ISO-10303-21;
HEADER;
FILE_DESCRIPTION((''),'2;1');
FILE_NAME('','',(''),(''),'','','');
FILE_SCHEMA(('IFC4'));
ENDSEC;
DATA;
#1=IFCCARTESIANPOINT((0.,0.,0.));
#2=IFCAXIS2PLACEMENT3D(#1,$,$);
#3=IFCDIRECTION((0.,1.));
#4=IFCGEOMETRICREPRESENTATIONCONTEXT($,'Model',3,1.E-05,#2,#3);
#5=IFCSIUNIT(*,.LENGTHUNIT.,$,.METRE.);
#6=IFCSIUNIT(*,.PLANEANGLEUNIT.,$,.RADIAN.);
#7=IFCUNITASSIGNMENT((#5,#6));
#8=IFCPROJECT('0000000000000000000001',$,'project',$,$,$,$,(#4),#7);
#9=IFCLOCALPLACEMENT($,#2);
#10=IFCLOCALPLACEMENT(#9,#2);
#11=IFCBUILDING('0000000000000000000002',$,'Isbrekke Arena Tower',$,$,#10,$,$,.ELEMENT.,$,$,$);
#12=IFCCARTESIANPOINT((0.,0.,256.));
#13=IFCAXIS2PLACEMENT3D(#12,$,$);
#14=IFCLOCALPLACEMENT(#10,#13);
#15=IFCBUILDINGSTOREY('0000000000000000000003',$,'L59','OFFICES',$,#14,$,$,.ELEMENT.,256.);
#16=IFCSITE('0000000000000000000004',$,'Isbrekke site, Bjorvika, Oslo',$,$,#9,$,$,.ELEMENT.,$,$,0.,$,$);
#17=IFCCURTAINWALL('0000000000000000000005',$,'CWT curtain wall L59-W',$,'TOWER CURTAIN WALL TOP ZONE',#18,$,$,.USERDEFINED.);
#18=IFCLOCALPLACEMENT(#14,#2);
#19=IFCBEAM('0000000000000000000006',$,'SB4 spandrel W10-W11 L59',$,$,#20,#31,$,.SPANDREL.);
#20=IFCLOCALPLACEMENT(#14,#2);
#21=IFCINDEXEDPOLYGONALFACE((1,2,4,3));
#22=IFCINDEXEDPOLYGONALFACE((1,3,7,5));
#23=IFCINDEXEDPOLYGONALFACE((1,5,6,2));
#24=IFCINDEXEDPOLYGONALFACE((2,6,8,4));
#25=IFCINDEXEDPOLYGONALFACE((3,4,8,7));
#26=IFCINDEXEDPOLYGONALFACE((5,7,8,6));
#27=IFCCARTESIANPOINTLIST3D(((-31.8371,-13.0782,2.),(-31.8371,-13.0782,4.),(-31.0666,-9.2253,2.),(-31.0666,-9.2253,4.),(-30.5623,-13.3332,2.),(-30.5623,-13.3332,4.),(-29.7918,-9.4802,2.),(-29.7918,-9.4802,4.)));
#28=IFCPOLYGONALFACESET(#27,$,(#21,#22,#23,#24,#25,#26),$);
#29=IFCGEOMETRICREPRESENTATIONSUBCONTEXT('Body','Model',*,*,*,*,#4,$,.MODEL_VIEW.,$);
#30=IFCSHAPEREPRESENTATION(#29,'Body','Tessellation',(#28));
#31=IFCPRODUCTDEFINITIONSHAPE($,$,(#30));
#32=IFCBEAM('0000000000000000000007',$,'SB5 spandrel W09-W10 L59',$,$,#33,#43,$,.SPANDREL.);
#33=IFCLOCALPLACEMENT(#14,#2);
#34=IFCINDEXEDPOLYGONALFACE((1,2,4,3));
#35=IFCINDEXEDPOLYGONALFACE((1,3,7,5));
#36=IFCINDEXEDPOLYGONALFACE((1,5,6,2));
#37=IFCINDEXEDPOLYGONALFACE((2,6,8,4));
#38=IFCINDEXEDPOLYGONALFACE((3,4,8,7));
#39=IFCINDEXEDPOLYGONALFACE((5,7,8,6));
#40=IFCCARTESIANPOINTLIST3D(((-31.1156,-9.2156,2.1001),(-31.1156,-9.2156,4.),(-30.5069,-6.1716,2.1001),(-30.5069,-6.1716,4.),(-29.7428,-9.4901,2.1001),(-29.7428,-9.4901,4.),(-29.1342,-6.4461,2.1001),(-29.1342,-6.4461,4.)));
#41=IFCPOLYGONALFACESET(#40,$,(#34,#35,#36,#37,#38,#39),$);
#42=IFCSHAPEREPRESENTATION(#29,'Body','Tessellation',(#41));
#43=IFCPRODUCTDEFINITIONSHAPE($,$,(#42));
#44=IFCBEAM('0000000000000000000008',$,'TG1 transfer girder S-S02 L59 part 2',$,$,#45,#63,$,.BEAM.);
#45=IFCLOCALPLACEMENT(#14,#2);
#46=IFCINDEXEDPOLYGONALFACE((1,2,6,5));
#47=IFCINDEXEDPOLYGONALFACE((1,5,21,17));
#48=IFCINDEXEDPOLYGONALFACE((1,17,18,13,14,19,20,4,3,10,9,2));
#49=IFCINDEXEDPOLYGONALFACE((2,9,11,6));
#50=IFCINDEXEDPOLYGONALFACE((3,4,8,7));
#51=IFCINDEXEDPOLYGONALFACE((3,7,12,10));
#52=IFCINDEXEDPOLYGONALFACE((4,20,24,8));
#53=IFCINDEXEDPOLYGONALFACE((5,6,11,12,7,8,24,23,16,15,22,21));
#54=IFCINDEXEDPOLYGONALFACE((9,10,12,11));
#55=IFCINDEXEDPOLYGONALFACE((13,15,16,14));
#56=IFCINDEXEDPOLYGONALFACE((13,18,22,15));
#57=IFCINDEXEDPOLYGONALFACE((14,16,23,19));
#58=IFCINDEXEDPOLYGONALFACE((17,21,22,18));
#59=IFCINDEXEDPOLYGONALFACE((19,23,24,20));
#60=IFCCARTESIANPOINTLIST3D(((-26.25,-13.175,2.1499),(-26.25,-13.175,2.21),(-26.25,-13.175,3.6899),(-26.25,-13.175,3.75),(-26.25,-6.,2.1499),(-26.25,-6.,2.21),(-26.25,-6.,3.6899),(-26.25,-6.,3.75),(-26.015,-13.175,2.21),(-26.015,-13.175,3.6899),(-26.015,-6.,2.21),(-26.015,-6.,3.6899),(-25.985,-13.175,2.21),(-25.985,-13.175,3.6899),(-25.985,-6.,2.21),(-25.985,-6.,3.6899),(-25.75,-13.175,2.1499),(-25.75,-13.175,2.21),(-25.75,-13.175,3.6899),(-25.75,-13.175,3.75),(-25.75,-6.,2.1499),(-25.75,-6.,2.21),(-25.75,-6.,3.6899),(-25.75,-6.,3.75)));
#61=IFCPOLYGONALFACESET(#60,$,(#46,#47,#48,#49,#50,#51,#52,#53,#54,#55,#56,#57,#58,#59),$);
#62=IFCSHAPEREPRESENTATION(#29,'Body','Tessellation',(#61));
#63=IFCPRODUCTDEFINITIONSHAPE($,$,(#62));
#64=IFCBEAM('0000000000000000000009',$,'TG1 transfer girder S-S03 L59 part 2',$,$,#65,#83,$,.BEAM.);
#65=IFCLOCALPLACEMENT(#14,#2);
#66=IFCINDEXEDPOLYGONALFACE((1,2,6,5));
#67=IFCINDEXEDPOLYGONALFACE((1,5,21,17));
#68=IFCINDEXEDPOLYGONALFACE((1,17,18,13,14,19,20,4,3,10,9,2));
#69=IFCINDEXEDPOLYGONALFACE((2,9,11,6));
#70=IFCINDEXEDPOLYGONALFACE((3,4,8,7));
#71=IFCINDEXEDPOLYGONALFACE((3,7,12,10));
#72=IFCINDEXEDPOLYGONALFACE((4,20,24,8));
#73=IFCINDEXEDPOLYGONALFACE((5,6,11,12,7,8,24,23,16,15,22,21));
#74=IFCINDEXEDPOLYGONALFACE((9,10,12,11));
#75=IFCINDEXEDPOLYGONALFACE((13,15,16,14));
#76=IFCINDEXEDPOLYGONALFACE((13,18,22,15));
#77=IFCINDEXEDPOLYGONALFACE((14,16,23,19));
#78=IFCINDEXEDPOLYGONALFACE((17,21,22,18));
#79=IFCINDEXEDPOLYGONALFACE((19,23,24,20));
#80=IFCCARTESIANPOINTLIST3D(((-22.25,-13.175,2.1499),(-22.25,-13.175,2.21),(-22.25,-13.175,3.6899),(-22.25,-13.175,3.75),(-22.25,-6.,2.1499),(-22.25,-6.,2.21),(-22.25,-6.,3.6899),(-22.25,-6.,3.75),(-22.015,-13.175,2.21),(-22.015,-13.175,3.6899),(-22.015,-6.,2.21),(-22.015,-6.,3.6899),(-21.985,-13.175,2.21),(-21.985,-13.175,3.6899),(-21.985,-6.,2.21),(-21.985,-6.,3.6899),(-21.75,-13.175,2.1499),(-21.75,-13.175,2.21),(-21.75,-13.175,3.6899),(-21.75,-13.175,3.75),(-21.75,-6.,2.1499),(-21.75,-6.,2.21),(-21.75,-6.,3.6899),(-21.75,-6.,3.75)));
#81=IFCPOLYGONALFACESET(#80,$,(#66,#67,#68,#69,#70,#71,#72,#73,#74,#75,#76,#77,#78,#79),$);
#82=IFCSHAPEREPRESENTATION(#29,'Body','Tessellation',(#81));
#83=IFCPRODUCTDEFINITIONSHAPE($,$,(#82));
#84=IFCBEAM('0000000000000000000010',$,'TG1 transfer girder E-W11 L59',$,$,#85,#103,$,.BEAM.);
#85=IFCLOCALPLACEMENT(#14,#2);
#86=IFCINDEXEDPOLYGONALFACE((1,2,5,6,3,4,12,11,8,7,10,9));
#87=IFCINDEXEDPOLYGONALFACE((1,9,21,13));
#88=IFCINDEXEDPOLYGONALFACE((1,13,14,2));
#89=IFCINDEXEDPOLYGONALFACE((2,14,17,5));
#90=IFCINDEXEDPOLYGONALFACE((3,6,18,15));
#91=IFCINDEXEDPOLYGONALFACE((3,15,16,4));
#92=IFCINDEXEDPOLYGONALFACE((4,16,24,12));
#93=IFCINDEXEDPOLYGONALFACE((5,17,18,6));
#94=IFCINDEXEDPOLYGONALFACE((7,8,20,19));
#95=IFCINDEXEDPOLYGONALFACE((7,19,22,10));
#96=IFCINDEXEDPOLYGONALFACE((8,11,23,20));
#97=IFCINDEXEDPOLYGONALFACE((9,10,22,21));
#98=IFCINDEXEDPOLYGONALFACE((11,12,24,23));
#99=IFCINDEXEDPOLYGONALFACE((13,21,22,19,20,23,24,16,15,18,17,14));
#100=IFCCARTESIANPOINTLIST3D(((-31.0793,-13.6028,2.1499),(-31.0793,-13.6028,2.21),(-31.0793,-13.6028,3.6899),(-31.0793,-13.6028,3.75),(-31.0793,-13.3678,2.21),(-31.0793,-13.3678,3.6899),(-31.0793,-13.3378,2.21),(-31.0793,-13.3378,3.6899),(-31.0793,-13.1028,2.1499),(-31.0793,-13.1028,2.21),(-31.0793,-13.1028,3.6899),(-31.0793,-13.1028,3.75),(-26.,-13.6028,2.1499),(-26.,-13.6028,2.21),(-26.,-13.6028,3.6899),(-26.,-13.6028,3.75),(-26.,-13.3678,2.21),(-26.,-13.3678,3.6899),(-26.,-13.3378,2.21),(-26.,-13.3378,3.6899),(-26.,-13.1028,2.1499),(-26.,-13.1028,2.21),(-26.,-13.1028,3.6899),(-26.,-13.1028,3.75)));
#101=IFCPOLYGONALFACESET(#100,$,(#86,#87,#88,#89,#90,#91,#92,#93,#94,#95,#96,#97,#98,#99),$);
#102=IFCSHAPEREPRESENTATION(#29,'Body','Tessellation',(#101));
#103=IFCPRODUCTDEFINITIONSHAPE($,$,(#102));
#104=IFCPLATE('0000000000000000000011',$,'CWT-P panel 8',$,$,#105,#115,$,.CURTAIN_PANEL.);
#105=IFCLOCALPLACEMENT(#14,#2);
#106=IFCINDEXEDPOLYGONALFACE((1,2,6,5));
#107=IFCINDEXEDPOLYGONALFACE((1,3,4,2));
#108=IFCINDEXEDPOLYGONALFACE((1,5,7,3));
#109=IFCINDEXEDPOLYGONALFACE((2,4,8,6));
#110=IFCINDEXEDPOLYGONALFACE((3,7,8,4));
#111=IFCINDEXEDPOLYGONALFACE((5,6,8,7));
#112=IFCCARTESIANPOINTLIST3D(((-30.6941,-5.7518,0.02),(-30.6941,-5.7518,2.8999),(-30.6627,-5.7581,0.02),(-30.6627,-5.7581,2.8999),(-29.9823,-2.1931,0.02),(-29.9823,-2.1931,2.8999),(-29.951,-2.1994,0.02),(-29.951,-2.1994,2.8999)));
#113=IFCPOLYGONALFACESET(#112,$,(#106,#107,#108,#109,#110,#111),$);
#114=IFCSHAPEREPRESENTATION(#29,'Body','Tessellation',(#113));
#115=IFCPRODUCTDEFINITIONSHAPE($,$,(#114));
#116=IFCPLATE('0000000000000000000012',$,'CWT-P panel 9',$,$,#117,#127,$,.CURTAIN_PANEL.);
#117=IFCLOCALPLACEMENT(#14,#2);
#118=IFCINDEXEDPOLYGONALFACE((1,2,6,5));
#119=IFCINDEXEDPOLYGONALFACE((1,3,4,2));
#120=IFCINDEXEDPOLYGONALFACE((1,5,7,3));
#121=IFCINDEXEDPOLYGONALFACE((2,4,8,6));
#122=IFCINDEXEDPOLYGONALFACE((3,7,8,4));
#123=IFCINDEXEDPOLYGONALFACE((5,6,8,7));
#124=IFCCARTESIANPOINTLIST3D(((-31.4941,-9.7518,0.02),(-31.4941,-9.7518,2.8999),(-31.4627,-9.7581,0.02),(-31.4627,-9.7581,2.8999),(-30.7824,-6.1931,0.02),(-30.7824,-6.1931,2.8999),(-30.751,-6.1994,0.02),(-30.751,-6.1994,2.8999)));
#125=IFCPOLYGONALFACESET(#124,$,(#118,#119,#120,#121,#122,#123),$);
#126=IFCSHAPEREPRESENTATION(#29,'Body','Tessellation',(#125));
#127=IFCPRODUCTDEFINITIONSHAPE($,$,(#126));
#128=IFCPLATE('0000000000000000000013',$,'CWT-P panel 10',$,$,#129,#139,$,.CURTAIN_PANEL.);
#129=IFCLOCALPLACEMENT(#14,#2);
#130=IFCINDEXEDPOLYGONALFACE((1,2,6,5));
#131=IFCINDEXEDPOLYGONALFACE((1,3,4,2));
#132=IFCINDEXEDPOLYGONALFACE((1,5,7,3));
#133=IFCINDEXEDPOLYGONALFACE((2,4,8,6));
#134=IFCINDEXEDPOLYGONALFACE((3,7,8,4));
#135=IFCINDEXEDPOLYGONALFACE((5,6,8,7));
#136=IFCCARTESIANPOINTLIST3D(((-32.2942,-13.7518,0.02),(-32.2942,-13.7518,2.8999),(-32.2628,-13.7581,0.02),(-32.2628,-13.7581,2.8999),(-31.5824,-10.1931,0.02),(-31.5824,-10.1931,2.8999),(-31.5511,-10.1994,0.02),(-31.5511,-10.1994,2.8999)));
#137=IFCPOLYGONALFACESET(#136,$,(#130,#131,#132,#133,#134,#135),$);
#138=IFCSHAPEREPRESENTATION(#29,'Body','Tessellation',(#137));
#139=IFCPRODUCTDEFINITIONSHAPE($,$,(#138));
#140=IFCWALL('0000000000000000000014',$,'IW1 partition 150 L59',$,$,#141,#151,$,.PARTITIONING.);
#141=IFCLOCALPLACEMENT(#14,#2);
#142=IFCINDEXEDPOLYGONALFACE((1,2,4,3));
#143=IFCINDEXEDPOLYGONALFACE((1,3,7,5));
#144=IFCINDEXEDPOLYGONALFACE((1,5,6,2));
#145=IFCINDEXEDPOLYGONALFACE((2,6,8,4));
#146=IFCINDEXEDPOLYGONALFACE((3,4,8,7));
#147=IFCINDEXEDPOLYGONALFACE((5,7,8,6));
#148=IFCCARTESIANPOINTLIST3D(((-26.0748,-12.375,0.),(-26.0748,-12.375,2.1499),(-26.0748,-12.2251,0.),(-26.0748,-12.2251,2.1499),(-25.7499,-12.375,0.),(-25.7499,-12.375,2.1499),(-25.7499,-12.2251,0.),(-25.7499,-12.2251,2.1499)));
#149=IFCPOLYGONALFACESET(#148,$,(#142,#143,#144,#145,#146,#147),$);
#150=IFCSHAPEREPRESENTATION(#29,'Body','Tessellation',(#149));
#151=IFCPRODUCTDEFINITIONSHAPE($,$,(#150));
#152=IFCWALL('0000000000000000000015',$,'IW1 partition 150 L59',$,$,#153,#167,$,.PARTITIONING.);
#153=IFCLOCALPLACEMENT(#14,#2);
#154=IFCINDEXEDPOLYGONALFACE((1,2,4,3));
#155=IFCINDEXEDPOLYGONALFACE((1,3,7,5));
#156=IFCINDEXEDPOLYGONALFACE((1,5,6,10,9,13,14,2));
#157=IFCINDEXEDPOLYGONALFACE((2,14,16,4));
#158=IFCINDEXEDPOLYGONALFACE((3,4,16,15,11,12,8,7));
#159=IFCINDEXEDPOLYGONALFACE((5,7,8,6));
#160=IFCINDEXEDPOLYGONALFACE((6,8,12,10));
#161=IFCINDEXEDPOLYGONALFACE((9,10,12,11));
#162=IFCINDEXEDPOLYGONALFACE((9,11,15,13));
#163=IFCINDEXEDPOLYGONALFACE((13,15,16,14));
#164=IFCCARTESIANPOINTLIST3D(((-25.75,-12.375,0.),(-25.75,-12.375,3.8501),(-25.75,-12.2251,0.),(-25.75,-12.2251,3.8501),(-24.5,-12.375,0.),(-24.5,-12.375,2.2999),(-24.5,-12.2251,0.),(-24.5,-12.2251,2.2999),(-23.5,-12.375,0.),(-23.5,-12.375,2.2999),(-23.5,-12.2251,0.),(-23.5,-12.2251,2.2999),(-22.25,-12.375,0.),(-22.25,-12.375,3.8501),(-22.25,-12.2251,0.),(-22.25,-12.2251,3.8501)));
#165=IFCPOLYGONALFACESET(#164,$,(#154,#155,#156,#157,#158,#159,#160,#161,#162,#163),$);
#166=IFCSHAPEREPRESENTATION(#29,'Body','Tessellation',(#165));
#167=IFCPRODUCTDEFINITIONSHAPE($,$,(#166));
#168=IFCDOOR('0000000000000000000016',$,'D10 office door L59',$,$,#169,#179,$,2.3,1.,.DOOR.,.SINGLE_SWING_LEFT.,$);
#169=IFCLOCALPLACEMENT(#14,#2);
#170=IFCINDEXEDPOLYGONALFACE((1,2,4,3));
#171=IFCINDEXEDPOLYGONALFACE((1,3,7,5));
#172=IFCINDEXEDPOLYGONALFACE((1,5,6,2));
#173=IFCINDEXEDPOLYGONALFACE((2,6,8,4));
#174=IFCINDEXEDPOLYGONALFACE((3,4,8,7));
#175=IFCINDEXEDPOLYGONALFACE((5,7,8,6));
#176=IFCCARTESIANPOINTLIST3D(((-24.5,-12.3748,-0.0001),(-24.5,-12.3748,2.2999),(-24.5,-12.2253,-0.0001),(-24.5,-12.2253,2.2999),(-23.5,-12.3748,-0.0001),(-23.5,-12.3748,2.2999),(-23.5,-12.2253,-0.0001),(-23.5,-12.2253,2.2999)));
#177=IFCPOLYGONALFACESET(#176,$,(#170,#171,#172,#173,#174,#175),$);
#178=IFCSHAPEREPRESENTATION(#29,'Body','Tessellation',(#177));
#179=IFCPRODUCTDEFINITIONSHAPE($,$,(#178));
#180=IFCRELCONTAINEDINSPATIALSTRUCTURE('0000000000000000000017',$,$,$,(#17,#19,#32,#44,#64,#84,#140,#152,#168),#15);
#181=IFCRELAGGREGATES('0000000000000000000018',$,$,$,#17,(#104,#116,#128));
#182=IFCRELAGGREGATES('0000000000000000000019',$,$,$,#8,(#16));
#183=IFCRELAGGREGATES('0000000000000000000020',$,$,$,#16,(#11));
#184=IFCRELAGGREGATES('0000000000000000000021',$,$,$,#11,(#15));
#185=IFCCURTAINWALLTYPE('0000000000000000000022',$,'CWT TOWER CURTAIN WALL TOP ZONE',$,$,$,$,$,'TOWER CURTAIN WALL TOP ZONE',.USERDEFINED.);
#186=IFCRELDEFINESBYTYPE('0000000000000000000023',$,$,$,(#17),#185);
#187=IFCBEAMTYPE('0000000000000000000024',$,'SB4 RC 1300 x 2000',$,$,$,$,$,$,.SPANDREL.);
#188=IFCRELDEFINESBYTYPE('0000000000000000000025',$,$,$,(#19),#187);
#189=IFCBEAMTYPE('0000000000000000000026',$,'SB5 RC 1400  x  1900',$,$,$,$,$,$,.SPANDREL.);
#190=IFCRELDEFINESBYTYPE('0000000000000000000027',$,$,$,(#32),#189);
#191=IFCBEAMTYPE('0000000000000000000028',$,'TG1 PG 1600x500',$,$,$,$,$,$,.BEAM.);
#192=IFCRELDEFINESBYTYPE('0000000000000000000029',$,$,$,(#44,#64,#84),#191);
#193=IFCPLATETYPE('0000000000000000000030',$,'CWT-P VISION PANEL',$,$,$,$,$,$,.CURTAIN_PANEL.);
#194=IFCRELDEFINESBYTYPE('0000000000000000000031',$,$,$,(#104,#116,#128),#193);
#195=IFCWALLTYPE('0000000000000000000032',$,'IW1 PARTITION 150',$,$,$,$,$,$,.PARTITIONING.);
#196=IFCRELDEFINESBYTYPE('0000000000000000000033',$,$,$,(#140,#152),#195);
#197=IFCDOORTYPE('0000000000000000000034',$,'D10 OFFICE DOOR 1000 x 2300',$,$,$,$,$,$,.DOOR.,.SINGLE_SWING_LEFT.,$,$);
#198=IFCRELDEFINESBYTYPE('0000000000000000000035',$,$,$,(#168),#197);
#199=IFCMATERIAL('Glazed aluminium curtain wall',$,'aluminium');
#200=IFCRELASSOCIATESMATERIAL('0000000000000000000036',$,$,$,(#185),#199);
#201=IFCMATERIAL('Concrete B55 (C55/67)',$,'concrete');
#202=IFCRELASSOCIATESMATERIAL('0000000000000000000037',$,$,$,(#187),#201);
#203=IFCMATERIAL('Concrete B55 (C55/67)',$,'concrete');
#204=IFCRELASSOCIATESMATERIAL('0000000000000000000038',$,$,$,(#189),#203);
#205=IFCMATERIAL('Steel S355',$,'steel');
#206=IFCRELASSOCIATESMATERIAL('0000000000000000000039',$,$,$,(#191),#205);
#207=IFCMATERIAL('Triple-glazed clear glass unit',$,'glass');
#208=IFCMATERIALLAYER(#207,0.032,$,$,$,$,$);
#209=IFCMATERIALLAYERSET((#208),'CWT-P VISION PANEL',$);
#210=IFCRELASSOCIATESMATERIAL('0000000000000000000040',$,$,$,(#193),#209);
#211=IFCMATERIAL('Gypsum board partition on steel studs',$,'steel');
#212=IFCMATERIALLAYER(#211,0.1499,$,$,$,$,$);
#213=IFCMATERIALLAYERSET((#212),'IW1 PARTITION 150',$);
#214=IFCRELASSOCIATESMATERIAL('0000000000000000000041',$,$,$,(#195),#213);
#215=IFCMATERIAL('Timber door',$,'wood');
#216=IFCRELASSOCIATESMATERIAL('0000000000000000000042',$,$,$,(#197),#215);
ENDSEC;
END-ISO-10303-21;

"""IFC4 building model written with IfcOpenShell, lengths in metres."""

from ifc_helpers import new_model, si_unit, direction, frame, frame_2d, origin, origin_2d, place, context, subcontext, project, spatial, rectangle, i_section, extrude, material, layer, layer_set, material_profile, profile_set, type_object, element, fill, aggregate, save


model = new_model("IFC4")

# Units and contexts
model_context = context("Model", 3, precision=1e-05, world=origin(), true_north=direction((0.0, 1.0)))
body_context = subcontext(model_context, "Body", "Model", "MODEL_VIEW")
ifc_project = project(units=[si_unit("LENGTHUNIT", "METRE"), si_unit("PLANEANGLEUNIT", "RADIAN")], contexts=[model_context])

# Site, building, storey
site_placement = place(None, origin())
site = spatial("IfcSite", under=ifc_project, at=site_placement, Name="Isbrekke site, Bjorvika, Oslo", CompositionType="ELEMENT", RefElevation=0.0)
building_placement = place(site_placement, origin())
building = spatial("IfcBuilding", under=site, at=building_placement, Name="Isbrekke Arena Tower", CompositionType="ELEMENT")
storey_placement = place(building_placement, frame((0.0, 0.0, 256.0)))
storey = spatial("IfcBuildingStorey", under=building, at=storey_placement, Name="L59", Description="OFFICES", CompositionType="ELEMENT", Elevation=256.0)

# Curtain wall
ifc_material_1 = material(Name="Glazed aluminium curtain wall", Category="aluminium")
curtain_wall_type = type_object("IfcCurtainWallType", Name="CWT TOWER CURTAIN WALL TOP ZONE", ElementType="TOWER CURTAIN WALL TOP ZONE", PredefinedType="USERDEFINED", material=ifc_material_1)
curtain_wall_placement = place(storey_placement, origin())
curtain_wall = element("IfcCurtainWall", 1, at=curtain_wall_placement, inside=storey, type_object=curtain_wall_type, Name="CWT curtain wall L59-W", ObjectType="TOWER CURTAIN WALL TOP ZONE", PredefinedType="USERDEFINED")

# Beams
ifc_material_2 = material(Name="Concrete B55 (C55/67)", Category="concrete")
ifc_material_profile_1 = material_profile(ifc_material_2, rectangle(XDim=1.3, YDim=2.0, at=origin_2d()), Name="RC 1300x2000")
ifc_profile_set_1 = profile_set([ifc_material_profile_1], Name="Concrete B55 (C55/67)")
beam_type_1 = type_object("IfcBeamType", Name="SB4 RC 1300 x 2000", PredefinedType="SPANDREL", material=ifc_profile_set_1)
beam_1_placement = place(storey_placement, frame((-30.4292, -9.3528, 3.0), z_axis=(-0.196092, -0.980585, 0.0), x_axis=(0.980585, -0.196092, 0.0)))
element("IfcBeam", 2, at=beam_1_placement, inside=storey, type_object=beam_type_1, Name="SB4 spandrel W10-W11 L59", PredefinedType="SPANDREL", context=body_context, shape_type="SweptSolid", body=[
    extrude(rectangle(XDim=1.3, YDim=2.0, at=origin_2d()), origin(), (0.0, 0.0, 1.0), 3.9292),
])
ifc_material_3 = material(Name="Concrete B55 (C55/67)", Category="concrete")
ifc_material_profile_2 = material_profile(ifc_material_3, rectangle(XDim=1.3999, YDim=1.8999, at=origin_2d()), Name="RC 1400 x 1900")
ifc_profile_set_2 = profile_set([ifc_material_profile_2], Name="Concrete B55 (C55/67)")
beam_type_2 = type_object("IfcBeamType", Name="SB5 RC 1400  x  1900", PredefinedType="SPANDREL", material=ifc_profile_set_2)
beam_2_placement = place(storey_placement, frame((-29.8206, -6.3088, 3.05), z_axis=(-0.196071, -0.98059, 0.0), x_axis=(0.98059, -0.196071, 0.0)))
element("IfcBeam", 3, at=beam_2_placement, inside=storey, type_object=beam_type_2, Name="SB5 spandrel W09-W10 L59", PredefinedType="SPANDREL", context=body_context, shape_type="SweptSolid", body=[
    extrude(rectangle(XDim=1.3999, YDim=1.8999, at=origin_2d()), origin(), (0.0, 0.0, 1.0), 3.1042),
])
ifc_material_4 = material(Name="Steel S355", Category="steel")
ifc_material_profile_3 = material_profile(ifc_material_4, i_section(OverallWidth=0.5, OverallDepth=1.6001, WebThickness=0.03, FlangeThickness=0.0601, at=origin_2d()), Name="PG 1600x500")
ifc_profile_set_3 = profile_set([ifc_material_profile_3], Name="Steel S355")
beam_type_3 = type_object("IfcBeamType", Name="TG1 PG 1600x500", PredefinedType="BEAM", material=ifc_profile_set_3)
for number, where, z_axis, x_axis, name in (
    (4, (-26.0, -13.175, 2.95), (0.0, 1.0, 0.0), (-1.0, 0.0, 0.0), "TG1 transfer girder S-S02 L59 part 2"),
    (5, (-22.0, -13.175, 2.95), (0.0, 1.0, 0.0), (-1.0, 0.0, 0.0), "TG1 transfer girder S-S03 L59 part 2"),
):
    element("IfcBeam", number, at=place(storey_placement, frame(where, z_axis=z_axis, x_axis=x_axis)), inside=storey, type_object=beam_type_3, Name=name, PredefinedType="BEAM", context=body_context, shape_type="SweptSolid", body=[
        extrude(i_section(OverallWidth=0.5, OverallDepth=1.6001, WebThickness=0.03, FlangeThickness=0.0601, at=origin_2d()), origin(), (0.0, 0.0, 1.0), 7.175),
    ])
beam_3_placement = place(storey_placement, frame((-31.0793, -13.3528, 2.95), z_axis=(1.0, 0.0, 0.0), x_axis=(0.0, 1.0, 0.0)))
element("IfcBeam", 6, at=beam_3_placement, inside=storey, type_object=beam_type_3, Name="TG1 transfer girder E-W11 L59", PredefinedType="BEAM", context=body_context, shape_type="SweptSolid", body=[
    extrude(i_section(OverallWidth=0.5, OverallDepth=1.6001, WebThickness=0.03, FlangeThickness=0.0601, at=origin_2d()), origin(), (0.0, 0.0, 1.0), 5.0793),
])

# Plates
ifc_material_5 = material(Name="Triple-glazed clear glass unit", Category="glass")
ifc_layer_1 = layer(ifc_material_5, 0.032)
ifc_layer_set_1 = layer_set([ifc_layer_1], Name="CWT-P VISION PANEL")
plate_type = type_object("IfcPlateType", Name="CWT-P VISION PANEL", PredefinedType="CURTAIN_PANEL", material=ifc_layer_set_1)
plate_1_placement = place(storey_placement, frame((-30.3225, -3.9756, 0.02), z_axis=(0.0, 0.0, 1.0), x_axis=(-0.196116, -0.980581, 0.0)))
plate_1 = element("IfcPlate", 7, at=plate_1_placement, type_object=plate_type, Name="CWT-P panel 8", PredefinedType="CURTAIN_PANEL", context=body_context, shape_type="SweptSolid", body=[
    extrude(rectangle(XDim=3.6292, YDim=0.032, at=origin_2d()), origin(), (0.0, 0.0, 1.0), 2.8799),
])
plate_2_placement = place(storey_placement, frame((-31.1226, -7.9756, 0.02), z_axis=(0.0, 0.0, 1.0), x_axis=(-0.196116, -0.980581, 0.0)))
plate_2 = element("IfcPlate", 8, at=plate_2_placement, type_object=plate_type, Name="CWT-P panel 9", PredefinedType="CURTAIN_PANEL", context=body_context, shape_type="SweptSolid", body=[
    extrude(rectangle(XDim=3.6292, YDim=0.032, at=origin_2d()), origin(), (0.0, 0.0, 1.0), 2.8799),
])
plate_3_placement = place(storey_placement, frame((-31.9226, -11.9756, 0.02), z_axis=(0.0, 0.0, 1.0), x_axis=(-0.196116, -0.980581, 0.0)))
plate_3 = element("IfcPlate", 9, at=plate_3_placement, type_object=plate_type, Name="CWT-P panel 10", PredefinedType="CURTAIN_PANEL", context=body_context, shape_type="SweptSolid", body=[
    extrude(rectangle(XDim=3.6292, YDim=0.032, at=origin_2d()), origin(), (0.0, 0.0, 1.0), 2.8799),
])
aggregate(curtain_wall, [plate_1, plate_2, plate_3])

# Wall
ifc_material_6 = material(Name="Gypsum board partition on steel studs", Category="steel")
ifc_layer_2 = layer(ifc_material_6, 0.1499)
ifc_layer_set_2 = layer_set([ifc_layer_2], Name="IW1 PARTITION 150")
wall_type_1 = type_object("IfcWallType", Name="IW1 PARTITION 150", PredefinedType="PARTITIONING", material=ifc_layer_set_2)
wall_1_placement = place(storey_placement, frame((-26.075, -12.3, 0.0), z_axis=(0.0, 0.0, 1.0), x_axis=(1.0, 0.0, 0.0)))
element("IfcWall", 10, at=wall_1_placement, inside=storey, type_object=wall_type_1, Name="IW1 partition 150 L59", PredefinedType="PARTITIONING", context=body_context, shape_type="SweptSolid", body=[
    extrude(rectangle(XDim=0.325, YDim=0.1499, at=frame_2d((0.1626, 0.0))), origin(), (0.0, 0.0, 1.0), 2.1499),
])

# Wall, opening, door
wall_2_placement = place(storey_placement, frame((-25.75, -12.3, 0.0), z_axis=(0.0, 0.0, 1.0), x_axis=(1.0, 0.0, 0.0)))
wall_2 = element("IfcWall", 11, at=wall_2_placement, inside=storey, type_object=wall_type_1, Name="IW1 partition 150 L59", PredefinedType="PARTITIONING", context=body_context, shape_type="SweptSolid", body=[
    extrude(rectangle(XDim=3.5, YDim=0.1499, at=frame_2d((1.75, 0.0))), origin(), (0.0, 0.0, 1.0), 3.8501),
])
opening_1_placement = place(wall_2_placement, frame((1.25, 0.0, 0.0)))
opening_1 = element("IfcOpeningElement", 12, at=opening_1_placement, cuts=wall_2, PredefinedType="OPENING", context=body_context, shape_type="SweptSolid", body=[
    extrude(rectangle(XDim=1.0, YDim=2.3, at=frame_2d((0.5, 1.1499))), frame((0.0, 0.0898, 0.0), z_axis=(0.0, -1.0, 0.0), x_axis=(1.0, 0.0, 0.0)), (0.0, 0.0, 1.0), 0.1797),
])
ifc_material_7 = material(Name="Timber door", Category="wood")
door_type = type_object("IfcDoorType", Name="D10 OFFICE DOOR 1000 x 2300", OperationType="SINGLE_SWING_LEFT", PredefinedType="DOOR", material=ifc_material_7)
door_1_placement = place(opening_1_placement, origin())
door_1 = element("IfcDoor", 13, at=door_1_placement, inside=storey, type_object=door_type, Name="D10 office door L59", OperationType="SINGLE_SWING_LEFT", OverallHeight=2.3, OverallWidth=1.0, PredefinedType="DOOR", context=body_context, shape_type="SweptSolid", body=[
    extrude(rectangle(XDim=1.0, YDim=2.3, at=frame_2d((0.5, 1.1499))), frame((0.0, 0.0747, 0.0), z_axis=(0.0, -1.0, 0.0), x_axis=(1.0, 0.0, 0.0)), (0.0, 0.0, 1.0), 0.1494),
])
fill(opening_1, door_1)

save(model, "model.ifc")
